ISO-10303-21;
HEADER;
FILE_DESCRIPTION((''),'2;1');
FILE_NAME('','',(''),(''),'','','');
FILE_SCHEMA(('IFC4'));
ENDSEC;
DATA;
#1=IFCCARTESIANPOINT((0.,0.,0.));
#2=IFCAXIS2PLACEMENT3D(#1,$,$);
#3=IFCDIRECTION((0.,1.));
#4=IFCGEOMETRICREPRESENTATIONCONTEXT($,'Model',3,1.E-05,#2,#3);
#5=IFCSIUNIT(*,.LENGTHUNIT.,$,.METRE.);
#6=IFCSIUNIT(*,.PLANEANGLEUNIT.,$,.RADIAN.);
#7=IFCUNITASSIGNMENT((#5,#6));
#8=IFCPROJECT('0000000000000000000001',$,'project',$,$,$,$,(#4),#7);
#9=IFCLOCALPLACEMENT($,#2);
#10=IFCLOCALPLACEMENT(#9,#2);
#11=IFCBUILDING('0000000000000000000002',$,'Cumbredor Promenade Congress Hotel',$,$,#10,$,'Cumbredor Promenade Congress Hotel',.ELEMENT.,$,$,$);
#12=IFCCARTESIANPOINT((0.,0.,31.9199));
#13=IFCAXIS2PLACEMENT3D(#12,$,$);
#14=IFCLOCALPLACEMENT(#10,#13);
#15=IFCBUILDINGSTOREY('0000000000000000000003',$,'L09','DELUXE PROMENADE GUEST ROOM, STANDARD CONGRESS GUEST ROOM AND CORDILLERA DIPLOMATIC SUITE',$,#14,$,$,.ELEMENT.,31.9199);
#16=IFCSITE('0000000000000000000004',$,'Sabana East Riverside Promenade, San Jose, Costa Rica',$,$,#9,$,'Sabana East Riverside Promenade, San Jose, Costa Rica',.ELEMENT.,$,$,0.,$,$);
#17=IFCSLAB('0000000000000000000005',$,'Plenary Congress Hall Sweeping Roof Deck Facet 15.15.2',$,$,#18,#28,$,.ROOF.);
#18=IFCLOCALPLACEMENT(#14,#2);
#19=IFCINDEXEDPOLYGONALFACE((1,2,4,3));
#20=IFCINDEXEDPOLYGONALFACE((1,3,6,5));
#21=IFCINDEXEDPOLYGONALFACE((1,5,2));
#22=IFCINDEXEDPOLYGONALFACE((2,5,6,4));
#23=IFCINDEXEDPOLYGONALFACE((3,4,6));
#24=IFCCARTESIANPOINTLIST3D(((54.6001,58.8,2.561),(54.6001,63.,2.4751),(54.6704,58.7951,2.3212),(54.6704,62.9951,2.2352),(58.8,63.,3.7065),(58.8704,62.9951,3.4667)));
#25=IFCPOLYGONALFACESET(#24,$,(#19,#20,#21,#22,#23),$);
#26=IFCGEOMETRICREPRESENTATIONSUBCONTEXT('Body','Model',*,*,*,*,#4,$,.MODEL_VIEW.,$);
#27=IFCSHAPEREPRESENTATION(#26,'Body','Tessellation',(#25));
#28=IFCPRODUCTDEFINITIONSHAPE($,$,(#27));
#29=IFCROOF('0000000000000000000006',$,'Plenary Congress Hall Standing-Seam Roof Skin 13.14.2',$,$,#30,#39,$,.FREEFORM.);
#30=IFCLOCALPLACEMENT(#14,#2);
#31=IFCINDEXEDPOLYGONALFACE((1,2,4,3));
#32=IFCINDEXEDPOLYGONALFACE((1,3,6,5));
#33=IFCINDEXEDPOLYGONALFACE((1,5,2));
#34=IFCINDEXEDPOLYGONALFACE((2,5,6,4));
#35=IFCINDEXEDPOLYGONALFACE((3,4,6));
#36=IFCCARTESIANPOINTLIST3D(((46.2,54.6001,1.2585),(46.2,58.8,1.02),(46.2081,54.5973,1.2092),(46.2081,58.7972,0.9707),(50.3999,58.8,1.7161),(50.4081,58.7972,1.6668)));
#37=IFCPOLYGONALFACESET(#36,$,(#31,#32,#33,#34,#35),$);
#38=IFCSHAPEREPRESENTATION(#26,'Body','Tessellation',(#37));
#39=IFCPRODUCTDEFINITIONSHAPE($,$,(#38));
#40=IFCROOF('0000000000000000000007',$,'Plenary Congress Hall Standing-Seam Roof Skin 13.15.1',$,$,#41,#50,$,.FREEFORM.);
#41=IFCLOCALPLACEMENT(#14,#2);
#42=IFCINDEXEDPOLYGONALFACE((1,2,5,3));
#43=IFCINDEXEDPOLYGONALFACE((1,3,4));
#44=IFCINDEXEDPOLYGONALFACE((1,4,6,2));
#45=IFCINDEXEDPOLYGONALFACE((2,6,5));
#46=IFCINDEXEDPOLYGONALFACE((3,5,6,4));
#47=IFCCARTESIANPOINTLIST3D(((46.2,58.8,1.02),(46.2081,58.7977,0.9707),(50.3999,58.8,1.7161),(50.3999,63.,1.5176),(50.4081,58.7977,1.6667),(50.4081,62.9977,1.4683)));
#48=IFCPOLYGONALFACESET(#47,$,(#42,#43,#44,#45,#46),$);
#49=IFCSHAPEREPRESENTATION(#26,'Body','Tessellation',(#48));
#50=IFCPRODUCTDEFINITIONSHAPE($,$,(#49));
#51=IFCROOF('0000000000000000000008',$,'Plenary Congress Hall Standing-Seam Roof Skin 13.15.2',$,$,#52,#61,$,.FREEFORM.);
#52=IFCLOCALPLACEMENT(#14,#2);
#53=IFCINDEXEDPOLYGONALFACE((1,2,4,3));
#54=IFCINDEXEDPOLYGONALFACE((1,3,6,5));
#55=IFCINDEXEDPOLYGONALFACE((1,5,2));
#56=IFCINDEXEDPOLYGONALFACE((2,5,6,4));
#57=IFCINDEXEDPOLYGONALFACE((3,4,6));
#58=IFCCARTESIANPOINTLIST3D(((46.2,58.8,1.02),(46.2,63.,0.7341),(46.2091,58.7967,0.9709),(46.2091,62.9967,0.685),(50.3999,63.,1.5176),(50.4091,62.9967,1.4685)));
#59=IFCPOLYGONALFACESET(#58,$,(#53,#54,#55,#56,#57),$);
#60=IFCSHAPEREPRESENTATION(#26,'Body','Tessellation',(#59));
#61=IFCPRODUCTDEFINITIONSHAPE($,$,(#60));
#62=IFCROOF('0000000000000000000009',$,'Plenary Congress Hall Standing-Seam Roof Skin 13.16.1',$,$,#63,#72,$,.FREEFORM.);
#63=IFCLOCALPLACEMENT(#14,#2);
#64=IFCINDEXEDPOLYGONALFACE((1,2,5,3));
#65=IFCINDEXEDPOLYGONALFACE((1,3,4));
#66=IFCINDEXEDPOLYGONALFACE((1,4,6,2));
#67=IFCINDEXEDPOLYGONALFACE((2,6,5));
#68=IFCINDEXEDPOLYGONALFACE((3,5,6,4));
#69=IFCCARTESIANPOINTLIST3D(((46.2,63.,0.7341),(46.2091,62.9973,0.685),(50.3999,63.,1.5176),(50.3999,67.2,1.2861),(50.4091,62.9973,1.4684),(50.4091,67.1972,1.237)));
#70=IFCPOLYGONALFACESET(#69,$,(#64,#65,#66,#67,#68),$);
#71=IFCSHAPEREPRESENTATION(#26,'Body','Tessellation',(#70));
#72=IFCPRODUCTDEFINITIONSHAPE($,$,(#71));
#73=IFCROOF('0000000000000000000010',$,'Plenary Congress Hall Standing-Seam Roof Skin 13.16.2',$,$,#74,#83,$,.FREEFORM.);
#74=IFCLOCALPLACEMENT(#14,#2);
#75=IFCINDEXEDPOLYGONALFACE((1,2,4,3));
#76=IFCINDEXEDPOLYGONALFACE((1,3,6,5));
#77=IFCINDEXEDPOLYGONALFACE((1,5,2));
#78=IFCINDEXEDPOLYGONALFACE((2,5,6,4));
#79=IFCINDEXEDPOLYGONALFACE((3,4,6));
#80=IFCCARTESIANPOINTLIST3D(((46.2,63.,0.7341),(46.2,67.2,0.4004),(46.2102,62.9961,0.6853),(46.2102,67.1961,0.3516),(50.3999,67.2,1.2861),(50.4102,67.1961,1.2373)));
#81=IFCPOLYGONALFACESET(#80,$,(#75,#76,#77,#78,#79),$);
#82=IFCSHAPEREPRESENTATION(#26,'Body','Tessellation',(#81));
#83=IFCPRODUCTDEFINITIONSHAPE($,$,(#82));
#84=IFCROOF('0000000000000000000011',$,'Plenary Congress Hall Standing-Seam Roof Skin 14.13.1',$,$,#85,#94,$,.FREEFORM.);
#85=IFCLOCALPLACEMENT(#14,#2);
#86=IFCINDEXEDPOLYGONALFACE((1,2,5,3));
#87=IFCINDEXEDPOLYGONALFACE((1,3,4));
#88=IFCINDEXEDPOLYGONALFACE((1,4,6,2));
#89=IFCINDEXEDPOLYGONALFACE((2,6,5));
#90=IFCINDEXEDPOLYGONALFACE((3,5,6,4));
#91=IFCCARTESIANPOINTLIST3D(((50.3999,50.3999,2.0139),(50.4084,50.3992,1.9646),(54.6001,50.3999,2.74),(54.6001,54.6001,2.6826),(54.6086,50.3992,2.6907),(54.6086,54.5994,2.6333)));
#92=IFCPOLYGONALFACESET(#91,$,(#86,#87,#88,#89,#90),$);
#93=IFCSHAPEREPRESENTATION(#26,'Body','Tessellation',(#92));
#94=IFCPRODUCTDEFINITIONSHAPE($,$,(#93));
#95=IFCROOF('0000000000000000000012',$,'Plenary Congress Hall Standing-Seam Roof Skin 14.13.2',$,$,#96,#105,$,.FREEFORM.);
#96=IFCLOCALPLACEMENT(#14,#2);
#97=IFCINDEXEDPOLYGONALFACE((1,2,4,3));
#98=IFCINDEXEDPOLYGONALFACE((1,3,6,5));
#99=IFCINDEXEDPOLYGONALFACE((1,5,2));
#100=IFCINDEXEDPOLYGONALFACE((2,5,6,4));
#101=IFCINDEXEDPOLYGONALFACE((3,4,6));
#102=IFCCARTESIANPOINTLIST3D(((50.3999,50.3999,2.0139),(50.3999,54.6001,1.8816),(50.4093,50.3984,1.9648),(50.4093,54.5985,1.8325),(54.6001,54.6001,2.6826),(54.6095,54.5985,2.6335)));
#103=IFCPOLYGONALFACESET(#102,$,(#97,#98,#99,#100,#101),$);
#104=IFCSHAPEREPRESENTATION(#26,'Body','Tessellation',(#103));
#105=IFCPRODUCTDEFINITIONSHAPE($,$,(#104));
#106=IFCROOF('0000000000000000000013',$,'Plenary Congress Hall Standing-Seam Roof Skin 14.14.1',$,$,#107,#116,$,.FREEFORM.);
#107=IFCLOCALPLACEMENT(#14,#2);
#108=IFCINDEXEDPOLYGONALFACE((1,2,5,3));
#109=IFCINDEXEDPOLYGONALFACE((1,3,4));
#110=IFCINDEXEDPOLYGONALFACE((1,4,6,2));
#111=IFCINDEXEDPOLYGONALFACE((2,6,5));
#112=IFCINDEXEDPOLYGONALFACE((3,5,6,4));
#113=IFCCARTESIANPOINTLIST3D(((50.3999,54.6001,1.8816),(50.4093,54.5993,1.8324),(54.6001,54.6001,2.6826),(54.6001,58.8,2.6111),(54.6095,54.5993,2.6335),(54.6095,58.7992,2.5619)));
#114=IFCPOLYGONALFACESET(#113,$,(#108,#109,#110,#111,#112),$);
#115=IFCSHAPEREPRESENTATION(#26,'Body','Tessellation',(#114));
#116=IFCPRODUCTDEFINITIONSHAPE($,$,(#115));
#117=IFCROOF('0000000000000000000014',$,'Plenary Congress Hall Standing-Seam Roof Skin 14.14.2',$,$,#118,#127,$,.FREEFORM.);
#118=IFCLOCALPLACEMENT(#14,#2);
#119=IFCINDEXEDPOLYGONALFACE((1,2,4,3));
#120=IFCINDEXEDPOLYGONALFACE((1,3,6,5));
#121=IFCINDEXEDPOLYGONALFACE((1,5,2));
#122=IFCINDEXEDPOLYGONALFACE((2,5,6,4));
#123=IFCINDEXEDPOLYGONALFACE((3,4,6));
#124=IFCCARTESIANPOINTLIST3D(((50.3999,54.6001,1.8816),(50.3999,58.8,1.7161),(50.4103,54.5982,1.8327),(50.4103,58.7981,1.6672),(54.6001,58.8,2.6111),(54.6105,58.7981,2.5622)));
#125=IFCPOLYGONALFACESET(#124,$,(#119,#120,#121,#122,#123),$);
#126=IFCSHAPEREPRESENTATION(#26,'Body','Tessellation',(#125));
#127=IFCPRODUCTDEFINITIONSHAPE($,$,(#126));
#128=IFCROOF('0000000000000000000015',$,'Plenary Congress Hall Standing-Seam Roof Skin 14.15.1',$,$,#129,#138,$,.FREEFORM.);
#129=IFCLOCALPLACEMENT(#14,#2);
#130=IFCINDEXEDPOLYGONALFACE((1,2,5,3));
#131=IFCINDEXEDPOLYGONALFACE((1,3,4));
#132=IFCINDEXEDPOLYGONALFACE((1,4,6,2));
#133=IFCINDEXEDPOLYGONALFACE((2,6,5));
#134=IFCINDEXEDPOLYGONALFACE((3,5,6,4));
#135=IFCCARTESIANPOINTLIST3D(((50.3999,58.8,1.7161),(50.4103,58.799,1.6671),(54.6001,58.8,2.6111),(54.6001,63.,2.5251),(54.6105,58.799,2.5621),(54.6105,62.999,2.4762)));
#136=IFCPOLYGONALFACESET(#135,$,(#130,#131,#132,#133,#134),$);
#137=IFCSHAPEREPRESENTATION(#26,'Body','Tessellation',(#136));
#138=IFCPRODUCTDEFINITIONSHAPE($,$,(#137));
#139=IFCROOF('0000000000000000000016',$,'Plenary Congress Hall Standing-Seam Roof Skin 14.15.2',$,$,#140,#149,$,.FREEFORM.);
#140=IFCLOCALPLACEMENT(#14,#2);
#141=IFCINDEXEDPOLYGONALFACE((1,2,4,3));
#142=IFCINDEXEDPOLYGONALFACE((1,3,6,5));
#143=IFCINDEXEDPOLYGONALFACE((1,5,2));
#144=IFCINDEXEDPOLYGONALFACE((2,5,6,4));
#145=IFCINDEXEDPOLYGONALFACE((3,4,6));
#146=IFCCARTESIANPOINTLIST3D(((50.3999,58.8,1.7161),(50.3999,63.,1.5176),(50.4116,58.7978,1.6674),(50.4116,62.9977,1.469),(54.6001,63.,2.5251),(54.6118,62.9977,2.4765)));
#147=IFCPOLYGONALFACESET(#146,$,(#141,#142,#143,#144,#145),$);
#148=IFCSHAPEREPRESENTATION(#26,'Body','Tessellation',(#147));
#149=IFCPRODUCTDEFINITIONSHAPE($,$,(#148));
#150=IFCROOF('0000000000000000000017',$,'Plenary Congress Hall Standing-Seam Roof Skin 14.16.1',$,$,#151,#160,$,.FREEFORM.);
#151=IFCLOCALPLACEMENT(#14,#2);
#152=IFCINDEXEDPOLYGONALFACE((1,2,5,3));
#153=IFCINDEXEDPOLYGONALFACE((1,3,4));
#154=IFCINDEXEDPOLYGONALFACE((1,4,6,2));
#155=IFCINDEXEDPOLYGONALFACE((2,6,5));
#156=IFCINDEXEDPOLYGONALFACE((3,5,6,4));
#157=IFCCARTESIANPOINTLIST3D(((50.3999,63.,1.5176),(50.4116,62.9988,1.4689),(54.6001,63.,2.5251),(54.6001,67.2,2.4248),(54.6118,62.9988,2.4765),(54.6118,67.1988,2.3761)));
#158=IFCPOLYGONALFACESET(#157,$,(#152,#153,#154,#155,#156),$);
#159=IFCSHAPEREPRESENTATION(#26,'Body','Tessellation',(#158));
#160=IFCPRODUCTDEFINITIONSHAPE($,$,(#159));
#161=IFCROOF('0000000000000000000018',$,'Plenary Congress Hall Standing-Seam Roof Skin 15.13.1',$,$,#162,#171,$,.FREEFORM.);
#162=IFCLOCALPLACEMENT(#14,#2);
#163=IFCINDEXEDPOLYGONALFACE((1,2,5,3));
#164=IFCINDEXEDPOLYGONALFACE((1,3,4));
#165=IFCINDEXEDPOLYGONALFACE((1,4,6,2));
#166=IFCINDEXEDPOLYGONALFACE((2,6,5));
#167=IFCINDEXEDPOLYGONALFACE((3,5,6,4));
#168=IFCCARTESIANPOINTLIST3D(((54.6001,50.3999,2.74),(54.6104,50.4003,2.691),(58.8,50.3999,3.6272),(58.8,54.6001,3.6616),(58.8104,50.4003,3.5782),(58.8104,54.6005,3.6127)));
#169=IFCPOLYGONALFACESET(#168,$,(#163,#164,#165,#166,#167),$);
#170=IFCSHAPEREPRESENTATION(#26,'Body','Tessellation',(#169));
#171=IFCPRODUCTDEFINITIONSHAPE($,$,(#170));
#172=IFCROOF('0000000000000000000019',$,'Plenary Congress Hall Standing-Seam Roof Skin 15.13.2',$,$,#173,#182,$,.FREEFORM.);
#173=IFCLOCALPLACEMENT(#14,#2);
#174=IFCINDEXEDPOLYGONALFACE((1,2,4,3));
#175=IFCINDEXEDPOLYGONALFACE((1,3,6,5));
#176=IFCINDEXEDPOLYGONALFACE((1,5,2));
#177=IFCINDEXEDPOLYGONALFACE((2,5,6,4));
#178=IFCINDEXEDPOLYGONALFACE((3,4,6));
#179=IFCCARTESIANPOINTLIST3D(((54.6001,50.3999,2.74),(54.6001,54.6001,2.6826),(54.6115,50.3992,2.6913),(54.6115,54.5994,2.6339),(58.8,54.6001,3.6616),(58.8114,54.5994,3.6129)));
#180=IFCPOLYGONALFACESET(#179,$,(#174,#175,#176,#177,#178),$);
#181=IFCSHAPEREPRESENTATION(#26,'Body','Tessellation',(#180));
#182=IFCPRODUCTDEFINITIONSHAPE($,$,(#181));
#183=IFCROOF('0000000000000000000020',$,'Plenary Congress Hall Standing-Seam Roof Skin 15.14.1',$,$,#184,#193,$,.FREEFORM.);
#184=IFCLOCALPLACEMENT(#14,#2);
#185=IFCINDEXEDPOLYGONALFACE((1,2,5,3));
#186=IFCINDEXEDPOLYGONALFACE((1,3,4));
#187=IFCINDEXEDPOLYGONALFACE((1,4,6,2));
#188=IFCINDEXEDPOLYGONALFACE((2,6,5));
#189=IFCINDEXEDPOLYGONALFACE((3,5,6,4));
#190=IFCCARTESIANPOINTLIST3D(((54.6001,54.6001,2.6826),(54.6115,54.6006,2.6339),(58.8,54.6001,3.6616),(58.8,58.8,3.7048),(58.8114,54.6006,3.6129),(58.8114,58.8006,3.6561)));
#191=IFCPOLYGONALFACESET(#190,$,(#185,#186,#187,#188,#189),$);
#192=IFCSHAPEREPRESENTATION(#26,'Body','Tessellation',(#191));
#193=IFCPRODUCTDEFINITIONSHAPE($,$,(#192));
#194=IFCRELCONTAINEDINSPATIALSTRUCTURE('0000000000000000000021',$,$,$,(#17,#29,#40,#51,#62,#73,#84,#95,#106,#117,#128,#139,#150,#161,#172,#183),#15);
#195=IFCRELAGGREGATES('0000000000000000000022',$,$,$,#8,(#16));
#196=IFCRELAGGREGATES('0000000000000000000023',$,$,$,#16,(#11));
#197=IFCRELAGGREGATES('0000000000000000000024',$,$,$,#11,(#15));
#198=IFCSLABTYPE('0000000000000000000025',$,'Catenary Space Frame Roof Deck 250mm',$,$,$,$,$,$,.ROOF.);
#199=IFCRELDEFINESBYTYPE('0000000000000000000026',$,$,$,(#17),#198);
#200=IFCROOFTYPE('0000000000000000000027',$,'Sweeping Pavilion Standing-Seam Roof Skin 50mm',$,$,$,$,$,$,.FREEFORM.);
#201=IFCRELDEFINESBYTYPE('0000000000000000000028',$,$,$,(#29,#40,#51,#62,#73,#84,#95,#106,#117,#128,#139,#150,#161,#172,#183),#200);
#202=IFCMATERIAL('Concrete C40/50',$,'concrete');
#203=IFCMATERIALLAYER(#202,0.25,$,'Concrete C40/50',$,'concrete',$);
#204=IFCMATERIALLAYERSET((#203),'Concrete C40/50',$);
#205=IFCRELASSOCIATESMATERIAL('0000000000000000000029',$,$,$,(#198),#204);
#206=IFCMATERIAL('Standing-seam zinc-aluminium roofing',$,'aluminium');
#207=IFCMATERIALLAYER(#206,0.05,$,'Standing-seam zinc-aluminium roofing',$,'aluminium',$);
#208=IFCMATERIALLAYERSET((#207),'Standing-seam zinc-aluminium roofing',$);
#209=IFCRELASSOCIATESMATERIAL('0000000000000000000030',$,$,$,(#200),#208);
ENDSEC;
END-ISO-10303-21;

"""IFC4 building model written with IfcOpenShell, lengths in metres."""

from ifc_helpers import new_model, si_unit, direction, frame, origin, place, context, subcontext, project, spatial, polyline, outline, extrude, material, layer, layer_set, type_object, element, save


model = new_model("IFC4")

# Units and contexts
model_context = context("Model", 3, precision=1e-05, world=origin(), true_north=direction((0.0, 1.0)))
body_context = subcontext(model_context, "Body", "Model", "MODEL_VIEW")
ifc_project = project(units=[si_unit("LENGTHUNIT", "METRE"), si_unit("PLANEANGLEUNIT", "RADIAN")], contexts=[model_context])

# Site, building, storey
site_placement = place(None, origin())
site = spatial("IfcSite", under=ifc_project, at=site_placement, Name="Sabana East Riverside Promenade, San Jose, Costa Rica", LongName="Sabana East Riverside Promenade, San Jose, Costa Rica", CompositionType="ELEMENT", RefElevation=0.0)
building_placement = place(site_placement, origin())
building = spatial("IfcBuilding", under=site, at=building_placement, Name="Cumbredor Promenade Congress Hotel", LongName="Cumbredor Promenade Congress Hotel", CompositionType="ELEMENT")
storey_placement = place(building_placement, frame((0.0, 0.0, 31.9199)))
storey = spatial("IfcBuildingStorey", under=building, at=storey_placement, Name="L09", Description="DELUXE PROMENADE GUEST ROOM, STANDARD CONGRESS GUEST ROOM AND CORDILLERA DIPLOMATIC SUITE", CompositionType="ELEMENT", Elevation=31.9199)

# Slab
ifc_material_1 = material(Name="Concrete C40/50", Category="concrete")
ifc_layer_1 = layer(ifc_material_1, 0.25, Name="Concrete C40/50", Category="concrete")
ifc_layer_set_1 = layer_set([ifc_layer_1], Name="Concrete C40/50")
slab_type = type_object("IfcSlabType", Name="Catenary Space Frame Roof Deck 250mm", PredefinedType="ROOF", material=ifc_layer_set_1)
slab_1_placement = place(storey_placement, frame((54.6001, 58.8, 2.561), z_axis=(-0.281306, 0.019631, 0.959417), x_axis=(0.694312, 0.694312, 0.189369)))
element("IfcSlab", 1, at=slab_1_placement, inside=storey, type_object=slab_type, Name="Plenary Congress Hall Sweeping Roof Deck Facet 15.15.2", PredefinedType="ROOF", context=body_context, shape_type="SweptSolid", body=[
    extrude(outline(polyline([(0.0, 0.0), (6.0491, 0.0), (2.8998, 3.0394), (0.0, 0.0)])), origin(), (0.0, 0.0, -1.0), 0.25),
])

# Roofs
ifc_material_2 = material(Name="Standing-seam zinc-aluminium roofing", Category="aluminium")
ifc_layer_2 = layer(ifc_material_2, 0.05, Name="Standing-seam zinc-aluminium roofing", Category="aluminium")
ifc_layer_set_2 = layer_set([ifc_layer_2], Name="Standing-seam zinc-aluminium roofing")
roof_type = type_object("IfcRoofType", Name="Sweeping Pavilion Standing-Seam Roof Skin 50mm", PredefinedType="FREEFORM", material=ifc_layer_set_2)
roof_1_placement = place(storey_placement, frame((46.2, 54.6001, 1.2585), z_axis=(-0.163241, 0.05594, 0.984999), x_axis=(0.705018, 0.705018, 0.076801)))
element("IfcRoof", 2, at=roof_1_placement, inside=storey, type_object=roof_type, Name="Plenary Congress Hall Standing-Seam Roof Skin 13.14.2", PredefinedType="FREEFORM", context=body_context, shape_type="SweptSolid", body=[
    extrude(outline(polyline([(0.0, 0.0), (5.9572, 0.0), (2.9427, 3.0061), (0.0, 0.0)])), origin(), (0.0, 0.0, -1.0), 0.05),
])
roof_2_placement = place(storey_placement, frame((46.2, 58.8, 1.02), z_axis=(-0.163319, 0.046573, 0.985473), x_axis=(0.986544, 0.0, 0.163497)))
element("IfcRoof", 3, at=roof_2_placement, inside=storey, type_object=roof_type, Name="Plenary Congress Hall Standing-Seam Roof Skin 13.15.1", PredefinedType="FREEFORM", context=body_context, shape_type="SweptSolid", body=[
    extrude(outline(polyline([(0.0, 0.0), (4.2572, 0.0), (4.2248, 4.2045), (0.0, 0.0)])), origin(), (0.0, 0.0, -1.0), 0.05),
])
roof_3_placement = place(storey_placement, frame((46.2, 58.8, 1.02), z_axis=(-0.182965, 0.066766, 0.98085), x_axis=(0.704639, 0.704639, 0.083477)))
element("IfcRoof", 4, at=roof_3_placement, inside=storey, type_object=roof_type, Name="Plenary Congress Hall Standing-Seam Roof Skin 13.15.2", PredefinedType="FREEFORM", context=body_context, shape_type="SweptSolid", body=[
    extrude(outline(polyline([(0.0, 0.0), (5.9604, 0.0), (2.9356, 3.0172), (0.0, 0.0)])), origin(), (0.0, 0.0, -1.0), 0.05),
])
roof_4_placement = place(storey_placement, frame((46.2, 63.0, 0.7341), z_axis=(-0.183106, 0.054093, 0.981604), x_axis=(0.983043, 0.0, 0.183374)))
element("IfcRoof", 5, at=roof_4_placement, inside=storey, type_object=roof_type, Name="Plenary Congress Hall Standing-Seam Roof Skin 13.16.1", PredefinedType="FREEFORM", context=body_context, shape_type="SweptSolid", body=[
    extrude(outline(polyline([(0.0, 0.0), (4.2724, 0.0), (4.23, 4.2061), (0.0, 0.0)])), origin(), (0.0, 0.0, -1.0), 0.05),
])
roof_5_placement = place(storey_placement, frame((46.2, 63.0, 0.7341), z_axis=(-0.205734, 0.077519, 0.975533), x_axis=(0.704073, 0.704073, 0.092537)))
element("IfcRoof", 6, at=roof_5_placement, inside=storey, type_object=roof_type, Name="Plenary Congress Hall Standing-Seam Roof Skin 13.16.2", PredefinedType="FREEFORM", context=body_context, shape_type="SweptSolid", body=[
    extrude(outline(polyline([(0.0, 0.0), (5.9652, 0.0), (2.9262, 3.0312), (0.0, 0.0)])), origin(), (0.0, 0.0, -1.0), 0.05),
])
roof_6_placement = place(storey_placement, frame((50.3999, 50.3999, 2.0139), z_axis=(-0.170325, 0.013459, 0.985296), x_axis=(0.985385, 0.0, 0.17034)))
element("IfcRoof", 7, at=roof_6_placement, inside=storey, type_object=roof_type, Name="Plenary Congress Hall Standing-Seam Roof Skin 14.13.1", PredefinedType="FREEFORM", context=body_context, shape_type="SweptSolid", body=[
    extrude(outline(polyline([(0.0, 0.0), (4.2625, 0.0), (4.2527, 4.2006), (0.0, 0.0)])), origin(), (0.0, 0.0, -1.0), 0.05),
])
roof_7_placement = place(storey_placement, frame((50.3999, 50.3999, 2.0139), z_axis=(-0.187245, 0.030932, 0.981826), x_axis=(0.702668, 0.702668, 0.11187)))
element("IfcRoof", 8, at=roof_7_placement, inside=storey, type_object=roof_type, Name="Plenary Congress Hall Standing-Seam Roof Skin 14.13.2", PredefinedType="FREEFORM", context=body_context, shape_type="SweptSolid", body=[
    extrude(outline(polyline([(0.0, 0.0), (5.9775, 0.0), (2.9365, 3.006), (0.0, 0.0)])), origin(), (0.0, 0.0, -1.0), 0.05),
])
roof_8_placement = place(storey_placement, frame((50.3999, 54.6001, 1.8816), z_axis=(-0.187309, 0.016728, 0.982159), x_axis=(0.982296, 0.0, 0.187335)))
element("IfcRoof", 9, at=roof_8_placement, inside=storey, type_object=roof_type, Name="Plenary Congress Hall Standing-Seam Roof Skin 14.14.1", PredefinedType="FREEFORM", context=body_context, shape_type="SweptSolid", body=[
    extrude(outline(polyline([(0.0, 0.0), (4.2759, 0.0), (4.2625, 4.2005), (0.0, 0.0)])), origin(), (0.0, 0.0, -1.0), 0.05),
])
roof_9_placement = place(storey_placement, frame((50.3999, 54.6001, 1.8816), z_axis=(-0.208256, 0.038518, 0.977316), x_axis=(0.701854, 0.701813, 0.121898)))
element("IfcRoof", 10, at=roof_9_placement, inside=storey, type_object=roof_type, Name="Plenary Congress Hall Standing-Seam Roof Skin 14.14.2", PredefinedType="FREEFORM", context=body_context, shape_type="SweptSolid", body=[
    extrude(outline(polyline([(0.0, 0.0), (5.9844, 0.0), (2.9274, 3.0162), (0.0, 0.0)])), origin(), (0.0, 0.0, -1.0), 0.05),
])
roof_10_placement = place(storey_placement, frame((50.3999, 58.8, 1.7161), z_axis=(-0.208369, 0.020008, 0.977846), x_axis=(0.978041, 0.0, 0.208411)))
element("IfcRoof", 11, at=roof_10_placement, inside=storey, type_object=roof_type, Name="Plenary Congress Hall Standing-Seam Roof Skin 14.15.1", PredefinedType="FREEFORM", context=body_context, shape_type="SweptSolid", body=[
    extrude(outline(polyline([(0.0, 0.0), (4.2945, 0.0), (4.2766, 4.2008), (0.0, 0.0)])), origin(), (0.0, 0.0, -1.0), 0.05),
])
roof_11_placement = place(storey_placement, frame((50.3999, 58.8, 1.7161), z_axis=(-0.233022, 0.045907, 0.971387), x_axis=(0.700657, 0.700616, 0.134967)))
element("IfcRoof", 12, at=roof_11_placement, inside=storey, type_object=roof_type, Name="Plenary Congress Hall Standing-Seam Roof Skin 14.15.2", PredefinedType="FREEFORM", context=body_context, shape_type="SweptSolid", body=[
    extrude(outline(polyline([(0.0, 0.0), (5.9947, 0.0), (2.9158, 3.0294), (0.0, 0.0)])), origin(), (0.0, 0.0, -1.0), 0.05),
])
roof_12_placement = place(storey_placement, frame((50.3999, 63.0, 1.5176), z_axis=(-0.233205, 0.023226, 0.97215), x_axis=(0.972412, 0.0, 0.233268)))
element("IfcRoof", 13, at=roof_12_placement, inside=storey, type_object=roof_type, Name="Plenary Congress Hall Standing-Seam Roof Skin 14.16.1", PredefinedType="FREEFORM", context=body_context, shape_type="SweptSolid", body=[
    extrude(outline(polyline([(0.0, 0.0), (4.3194, 0.0), (4.2959, 4.2011), (0.0, 0.0)])), origin(), (0.0, 0.0, -1.0), 0.05),
])
roof_13_placement = place(storey_placement, frame((54.6001, 50.3999, 2.74), z_axis=(-0.206675, -0.008019, 0.978377), x_axis=(0.978408, 0.0, 0.206681)))
element("IfcRoof", 14, at=roof_13_placement, inside=storey, type_object=roof_type, Name="Plenary Congress Hall Standing-Seam Roof Skin 15.13.1", PredefinedType="FREEFORM", context=body_context, shape_type="SweptSolid", body=[
    extrude(outline(polyline([(0.0, 0.0), (4.2926, 0.0), (4.2998, 4.2003), (0.0, 0.0)])), origin(), (0.0, 0.0, -1.0), 0.05),
])
roof_14_placement = place(storey_placement, frame((54.6001, 50.3999, 2.74), z_axis=(-0.226993, 0.013302, 0.973806), x_axis=(0.698725, 0.698766, 0.153327)))
element("IfcRoof", 15, at=roof_14_placement, inside=storey, type_object=roof_type, Name="Plenary Congress Hall Standing-Seam Roof Skin 15.13.2", PredefinedType="FREEFORM", context=body_context, shape_type="SweptSolid", body=[
    extrude(outline(polyline([(0.0, 0.0), (6.0109, 0.0), (2.9262, 3.0137), (0.0, 0.0)])), origin(), (0.0, 0.0, -1.0), 0.05),
])
roof_15_placement = place(storey_placement, frame((54.6001, 54.6001, 2.6826), z_axis=(-0.227002, -0.01002, 0.973843), x_axis=(0.973892, 0.0, 0.227013)))
element("IfcRoof", 16, at=roof_15_placement, inside=storey, type_object=roof_type, Name="Plenary Congress Hall Standing-Seam Roof Skin 15.14.1", PredefinedType="FREEFORM", context=body_context, shape_type="SweptSolid", body=[
    extrude(outline(polyline([(0.0, 0.0), (4.3125, 0.0), (4.3224, 4.2002), (0.0, 0.0)])), origin(), (0.0, 0.0, -1.0), 0.05),
])

save(model, "model.ifc")
